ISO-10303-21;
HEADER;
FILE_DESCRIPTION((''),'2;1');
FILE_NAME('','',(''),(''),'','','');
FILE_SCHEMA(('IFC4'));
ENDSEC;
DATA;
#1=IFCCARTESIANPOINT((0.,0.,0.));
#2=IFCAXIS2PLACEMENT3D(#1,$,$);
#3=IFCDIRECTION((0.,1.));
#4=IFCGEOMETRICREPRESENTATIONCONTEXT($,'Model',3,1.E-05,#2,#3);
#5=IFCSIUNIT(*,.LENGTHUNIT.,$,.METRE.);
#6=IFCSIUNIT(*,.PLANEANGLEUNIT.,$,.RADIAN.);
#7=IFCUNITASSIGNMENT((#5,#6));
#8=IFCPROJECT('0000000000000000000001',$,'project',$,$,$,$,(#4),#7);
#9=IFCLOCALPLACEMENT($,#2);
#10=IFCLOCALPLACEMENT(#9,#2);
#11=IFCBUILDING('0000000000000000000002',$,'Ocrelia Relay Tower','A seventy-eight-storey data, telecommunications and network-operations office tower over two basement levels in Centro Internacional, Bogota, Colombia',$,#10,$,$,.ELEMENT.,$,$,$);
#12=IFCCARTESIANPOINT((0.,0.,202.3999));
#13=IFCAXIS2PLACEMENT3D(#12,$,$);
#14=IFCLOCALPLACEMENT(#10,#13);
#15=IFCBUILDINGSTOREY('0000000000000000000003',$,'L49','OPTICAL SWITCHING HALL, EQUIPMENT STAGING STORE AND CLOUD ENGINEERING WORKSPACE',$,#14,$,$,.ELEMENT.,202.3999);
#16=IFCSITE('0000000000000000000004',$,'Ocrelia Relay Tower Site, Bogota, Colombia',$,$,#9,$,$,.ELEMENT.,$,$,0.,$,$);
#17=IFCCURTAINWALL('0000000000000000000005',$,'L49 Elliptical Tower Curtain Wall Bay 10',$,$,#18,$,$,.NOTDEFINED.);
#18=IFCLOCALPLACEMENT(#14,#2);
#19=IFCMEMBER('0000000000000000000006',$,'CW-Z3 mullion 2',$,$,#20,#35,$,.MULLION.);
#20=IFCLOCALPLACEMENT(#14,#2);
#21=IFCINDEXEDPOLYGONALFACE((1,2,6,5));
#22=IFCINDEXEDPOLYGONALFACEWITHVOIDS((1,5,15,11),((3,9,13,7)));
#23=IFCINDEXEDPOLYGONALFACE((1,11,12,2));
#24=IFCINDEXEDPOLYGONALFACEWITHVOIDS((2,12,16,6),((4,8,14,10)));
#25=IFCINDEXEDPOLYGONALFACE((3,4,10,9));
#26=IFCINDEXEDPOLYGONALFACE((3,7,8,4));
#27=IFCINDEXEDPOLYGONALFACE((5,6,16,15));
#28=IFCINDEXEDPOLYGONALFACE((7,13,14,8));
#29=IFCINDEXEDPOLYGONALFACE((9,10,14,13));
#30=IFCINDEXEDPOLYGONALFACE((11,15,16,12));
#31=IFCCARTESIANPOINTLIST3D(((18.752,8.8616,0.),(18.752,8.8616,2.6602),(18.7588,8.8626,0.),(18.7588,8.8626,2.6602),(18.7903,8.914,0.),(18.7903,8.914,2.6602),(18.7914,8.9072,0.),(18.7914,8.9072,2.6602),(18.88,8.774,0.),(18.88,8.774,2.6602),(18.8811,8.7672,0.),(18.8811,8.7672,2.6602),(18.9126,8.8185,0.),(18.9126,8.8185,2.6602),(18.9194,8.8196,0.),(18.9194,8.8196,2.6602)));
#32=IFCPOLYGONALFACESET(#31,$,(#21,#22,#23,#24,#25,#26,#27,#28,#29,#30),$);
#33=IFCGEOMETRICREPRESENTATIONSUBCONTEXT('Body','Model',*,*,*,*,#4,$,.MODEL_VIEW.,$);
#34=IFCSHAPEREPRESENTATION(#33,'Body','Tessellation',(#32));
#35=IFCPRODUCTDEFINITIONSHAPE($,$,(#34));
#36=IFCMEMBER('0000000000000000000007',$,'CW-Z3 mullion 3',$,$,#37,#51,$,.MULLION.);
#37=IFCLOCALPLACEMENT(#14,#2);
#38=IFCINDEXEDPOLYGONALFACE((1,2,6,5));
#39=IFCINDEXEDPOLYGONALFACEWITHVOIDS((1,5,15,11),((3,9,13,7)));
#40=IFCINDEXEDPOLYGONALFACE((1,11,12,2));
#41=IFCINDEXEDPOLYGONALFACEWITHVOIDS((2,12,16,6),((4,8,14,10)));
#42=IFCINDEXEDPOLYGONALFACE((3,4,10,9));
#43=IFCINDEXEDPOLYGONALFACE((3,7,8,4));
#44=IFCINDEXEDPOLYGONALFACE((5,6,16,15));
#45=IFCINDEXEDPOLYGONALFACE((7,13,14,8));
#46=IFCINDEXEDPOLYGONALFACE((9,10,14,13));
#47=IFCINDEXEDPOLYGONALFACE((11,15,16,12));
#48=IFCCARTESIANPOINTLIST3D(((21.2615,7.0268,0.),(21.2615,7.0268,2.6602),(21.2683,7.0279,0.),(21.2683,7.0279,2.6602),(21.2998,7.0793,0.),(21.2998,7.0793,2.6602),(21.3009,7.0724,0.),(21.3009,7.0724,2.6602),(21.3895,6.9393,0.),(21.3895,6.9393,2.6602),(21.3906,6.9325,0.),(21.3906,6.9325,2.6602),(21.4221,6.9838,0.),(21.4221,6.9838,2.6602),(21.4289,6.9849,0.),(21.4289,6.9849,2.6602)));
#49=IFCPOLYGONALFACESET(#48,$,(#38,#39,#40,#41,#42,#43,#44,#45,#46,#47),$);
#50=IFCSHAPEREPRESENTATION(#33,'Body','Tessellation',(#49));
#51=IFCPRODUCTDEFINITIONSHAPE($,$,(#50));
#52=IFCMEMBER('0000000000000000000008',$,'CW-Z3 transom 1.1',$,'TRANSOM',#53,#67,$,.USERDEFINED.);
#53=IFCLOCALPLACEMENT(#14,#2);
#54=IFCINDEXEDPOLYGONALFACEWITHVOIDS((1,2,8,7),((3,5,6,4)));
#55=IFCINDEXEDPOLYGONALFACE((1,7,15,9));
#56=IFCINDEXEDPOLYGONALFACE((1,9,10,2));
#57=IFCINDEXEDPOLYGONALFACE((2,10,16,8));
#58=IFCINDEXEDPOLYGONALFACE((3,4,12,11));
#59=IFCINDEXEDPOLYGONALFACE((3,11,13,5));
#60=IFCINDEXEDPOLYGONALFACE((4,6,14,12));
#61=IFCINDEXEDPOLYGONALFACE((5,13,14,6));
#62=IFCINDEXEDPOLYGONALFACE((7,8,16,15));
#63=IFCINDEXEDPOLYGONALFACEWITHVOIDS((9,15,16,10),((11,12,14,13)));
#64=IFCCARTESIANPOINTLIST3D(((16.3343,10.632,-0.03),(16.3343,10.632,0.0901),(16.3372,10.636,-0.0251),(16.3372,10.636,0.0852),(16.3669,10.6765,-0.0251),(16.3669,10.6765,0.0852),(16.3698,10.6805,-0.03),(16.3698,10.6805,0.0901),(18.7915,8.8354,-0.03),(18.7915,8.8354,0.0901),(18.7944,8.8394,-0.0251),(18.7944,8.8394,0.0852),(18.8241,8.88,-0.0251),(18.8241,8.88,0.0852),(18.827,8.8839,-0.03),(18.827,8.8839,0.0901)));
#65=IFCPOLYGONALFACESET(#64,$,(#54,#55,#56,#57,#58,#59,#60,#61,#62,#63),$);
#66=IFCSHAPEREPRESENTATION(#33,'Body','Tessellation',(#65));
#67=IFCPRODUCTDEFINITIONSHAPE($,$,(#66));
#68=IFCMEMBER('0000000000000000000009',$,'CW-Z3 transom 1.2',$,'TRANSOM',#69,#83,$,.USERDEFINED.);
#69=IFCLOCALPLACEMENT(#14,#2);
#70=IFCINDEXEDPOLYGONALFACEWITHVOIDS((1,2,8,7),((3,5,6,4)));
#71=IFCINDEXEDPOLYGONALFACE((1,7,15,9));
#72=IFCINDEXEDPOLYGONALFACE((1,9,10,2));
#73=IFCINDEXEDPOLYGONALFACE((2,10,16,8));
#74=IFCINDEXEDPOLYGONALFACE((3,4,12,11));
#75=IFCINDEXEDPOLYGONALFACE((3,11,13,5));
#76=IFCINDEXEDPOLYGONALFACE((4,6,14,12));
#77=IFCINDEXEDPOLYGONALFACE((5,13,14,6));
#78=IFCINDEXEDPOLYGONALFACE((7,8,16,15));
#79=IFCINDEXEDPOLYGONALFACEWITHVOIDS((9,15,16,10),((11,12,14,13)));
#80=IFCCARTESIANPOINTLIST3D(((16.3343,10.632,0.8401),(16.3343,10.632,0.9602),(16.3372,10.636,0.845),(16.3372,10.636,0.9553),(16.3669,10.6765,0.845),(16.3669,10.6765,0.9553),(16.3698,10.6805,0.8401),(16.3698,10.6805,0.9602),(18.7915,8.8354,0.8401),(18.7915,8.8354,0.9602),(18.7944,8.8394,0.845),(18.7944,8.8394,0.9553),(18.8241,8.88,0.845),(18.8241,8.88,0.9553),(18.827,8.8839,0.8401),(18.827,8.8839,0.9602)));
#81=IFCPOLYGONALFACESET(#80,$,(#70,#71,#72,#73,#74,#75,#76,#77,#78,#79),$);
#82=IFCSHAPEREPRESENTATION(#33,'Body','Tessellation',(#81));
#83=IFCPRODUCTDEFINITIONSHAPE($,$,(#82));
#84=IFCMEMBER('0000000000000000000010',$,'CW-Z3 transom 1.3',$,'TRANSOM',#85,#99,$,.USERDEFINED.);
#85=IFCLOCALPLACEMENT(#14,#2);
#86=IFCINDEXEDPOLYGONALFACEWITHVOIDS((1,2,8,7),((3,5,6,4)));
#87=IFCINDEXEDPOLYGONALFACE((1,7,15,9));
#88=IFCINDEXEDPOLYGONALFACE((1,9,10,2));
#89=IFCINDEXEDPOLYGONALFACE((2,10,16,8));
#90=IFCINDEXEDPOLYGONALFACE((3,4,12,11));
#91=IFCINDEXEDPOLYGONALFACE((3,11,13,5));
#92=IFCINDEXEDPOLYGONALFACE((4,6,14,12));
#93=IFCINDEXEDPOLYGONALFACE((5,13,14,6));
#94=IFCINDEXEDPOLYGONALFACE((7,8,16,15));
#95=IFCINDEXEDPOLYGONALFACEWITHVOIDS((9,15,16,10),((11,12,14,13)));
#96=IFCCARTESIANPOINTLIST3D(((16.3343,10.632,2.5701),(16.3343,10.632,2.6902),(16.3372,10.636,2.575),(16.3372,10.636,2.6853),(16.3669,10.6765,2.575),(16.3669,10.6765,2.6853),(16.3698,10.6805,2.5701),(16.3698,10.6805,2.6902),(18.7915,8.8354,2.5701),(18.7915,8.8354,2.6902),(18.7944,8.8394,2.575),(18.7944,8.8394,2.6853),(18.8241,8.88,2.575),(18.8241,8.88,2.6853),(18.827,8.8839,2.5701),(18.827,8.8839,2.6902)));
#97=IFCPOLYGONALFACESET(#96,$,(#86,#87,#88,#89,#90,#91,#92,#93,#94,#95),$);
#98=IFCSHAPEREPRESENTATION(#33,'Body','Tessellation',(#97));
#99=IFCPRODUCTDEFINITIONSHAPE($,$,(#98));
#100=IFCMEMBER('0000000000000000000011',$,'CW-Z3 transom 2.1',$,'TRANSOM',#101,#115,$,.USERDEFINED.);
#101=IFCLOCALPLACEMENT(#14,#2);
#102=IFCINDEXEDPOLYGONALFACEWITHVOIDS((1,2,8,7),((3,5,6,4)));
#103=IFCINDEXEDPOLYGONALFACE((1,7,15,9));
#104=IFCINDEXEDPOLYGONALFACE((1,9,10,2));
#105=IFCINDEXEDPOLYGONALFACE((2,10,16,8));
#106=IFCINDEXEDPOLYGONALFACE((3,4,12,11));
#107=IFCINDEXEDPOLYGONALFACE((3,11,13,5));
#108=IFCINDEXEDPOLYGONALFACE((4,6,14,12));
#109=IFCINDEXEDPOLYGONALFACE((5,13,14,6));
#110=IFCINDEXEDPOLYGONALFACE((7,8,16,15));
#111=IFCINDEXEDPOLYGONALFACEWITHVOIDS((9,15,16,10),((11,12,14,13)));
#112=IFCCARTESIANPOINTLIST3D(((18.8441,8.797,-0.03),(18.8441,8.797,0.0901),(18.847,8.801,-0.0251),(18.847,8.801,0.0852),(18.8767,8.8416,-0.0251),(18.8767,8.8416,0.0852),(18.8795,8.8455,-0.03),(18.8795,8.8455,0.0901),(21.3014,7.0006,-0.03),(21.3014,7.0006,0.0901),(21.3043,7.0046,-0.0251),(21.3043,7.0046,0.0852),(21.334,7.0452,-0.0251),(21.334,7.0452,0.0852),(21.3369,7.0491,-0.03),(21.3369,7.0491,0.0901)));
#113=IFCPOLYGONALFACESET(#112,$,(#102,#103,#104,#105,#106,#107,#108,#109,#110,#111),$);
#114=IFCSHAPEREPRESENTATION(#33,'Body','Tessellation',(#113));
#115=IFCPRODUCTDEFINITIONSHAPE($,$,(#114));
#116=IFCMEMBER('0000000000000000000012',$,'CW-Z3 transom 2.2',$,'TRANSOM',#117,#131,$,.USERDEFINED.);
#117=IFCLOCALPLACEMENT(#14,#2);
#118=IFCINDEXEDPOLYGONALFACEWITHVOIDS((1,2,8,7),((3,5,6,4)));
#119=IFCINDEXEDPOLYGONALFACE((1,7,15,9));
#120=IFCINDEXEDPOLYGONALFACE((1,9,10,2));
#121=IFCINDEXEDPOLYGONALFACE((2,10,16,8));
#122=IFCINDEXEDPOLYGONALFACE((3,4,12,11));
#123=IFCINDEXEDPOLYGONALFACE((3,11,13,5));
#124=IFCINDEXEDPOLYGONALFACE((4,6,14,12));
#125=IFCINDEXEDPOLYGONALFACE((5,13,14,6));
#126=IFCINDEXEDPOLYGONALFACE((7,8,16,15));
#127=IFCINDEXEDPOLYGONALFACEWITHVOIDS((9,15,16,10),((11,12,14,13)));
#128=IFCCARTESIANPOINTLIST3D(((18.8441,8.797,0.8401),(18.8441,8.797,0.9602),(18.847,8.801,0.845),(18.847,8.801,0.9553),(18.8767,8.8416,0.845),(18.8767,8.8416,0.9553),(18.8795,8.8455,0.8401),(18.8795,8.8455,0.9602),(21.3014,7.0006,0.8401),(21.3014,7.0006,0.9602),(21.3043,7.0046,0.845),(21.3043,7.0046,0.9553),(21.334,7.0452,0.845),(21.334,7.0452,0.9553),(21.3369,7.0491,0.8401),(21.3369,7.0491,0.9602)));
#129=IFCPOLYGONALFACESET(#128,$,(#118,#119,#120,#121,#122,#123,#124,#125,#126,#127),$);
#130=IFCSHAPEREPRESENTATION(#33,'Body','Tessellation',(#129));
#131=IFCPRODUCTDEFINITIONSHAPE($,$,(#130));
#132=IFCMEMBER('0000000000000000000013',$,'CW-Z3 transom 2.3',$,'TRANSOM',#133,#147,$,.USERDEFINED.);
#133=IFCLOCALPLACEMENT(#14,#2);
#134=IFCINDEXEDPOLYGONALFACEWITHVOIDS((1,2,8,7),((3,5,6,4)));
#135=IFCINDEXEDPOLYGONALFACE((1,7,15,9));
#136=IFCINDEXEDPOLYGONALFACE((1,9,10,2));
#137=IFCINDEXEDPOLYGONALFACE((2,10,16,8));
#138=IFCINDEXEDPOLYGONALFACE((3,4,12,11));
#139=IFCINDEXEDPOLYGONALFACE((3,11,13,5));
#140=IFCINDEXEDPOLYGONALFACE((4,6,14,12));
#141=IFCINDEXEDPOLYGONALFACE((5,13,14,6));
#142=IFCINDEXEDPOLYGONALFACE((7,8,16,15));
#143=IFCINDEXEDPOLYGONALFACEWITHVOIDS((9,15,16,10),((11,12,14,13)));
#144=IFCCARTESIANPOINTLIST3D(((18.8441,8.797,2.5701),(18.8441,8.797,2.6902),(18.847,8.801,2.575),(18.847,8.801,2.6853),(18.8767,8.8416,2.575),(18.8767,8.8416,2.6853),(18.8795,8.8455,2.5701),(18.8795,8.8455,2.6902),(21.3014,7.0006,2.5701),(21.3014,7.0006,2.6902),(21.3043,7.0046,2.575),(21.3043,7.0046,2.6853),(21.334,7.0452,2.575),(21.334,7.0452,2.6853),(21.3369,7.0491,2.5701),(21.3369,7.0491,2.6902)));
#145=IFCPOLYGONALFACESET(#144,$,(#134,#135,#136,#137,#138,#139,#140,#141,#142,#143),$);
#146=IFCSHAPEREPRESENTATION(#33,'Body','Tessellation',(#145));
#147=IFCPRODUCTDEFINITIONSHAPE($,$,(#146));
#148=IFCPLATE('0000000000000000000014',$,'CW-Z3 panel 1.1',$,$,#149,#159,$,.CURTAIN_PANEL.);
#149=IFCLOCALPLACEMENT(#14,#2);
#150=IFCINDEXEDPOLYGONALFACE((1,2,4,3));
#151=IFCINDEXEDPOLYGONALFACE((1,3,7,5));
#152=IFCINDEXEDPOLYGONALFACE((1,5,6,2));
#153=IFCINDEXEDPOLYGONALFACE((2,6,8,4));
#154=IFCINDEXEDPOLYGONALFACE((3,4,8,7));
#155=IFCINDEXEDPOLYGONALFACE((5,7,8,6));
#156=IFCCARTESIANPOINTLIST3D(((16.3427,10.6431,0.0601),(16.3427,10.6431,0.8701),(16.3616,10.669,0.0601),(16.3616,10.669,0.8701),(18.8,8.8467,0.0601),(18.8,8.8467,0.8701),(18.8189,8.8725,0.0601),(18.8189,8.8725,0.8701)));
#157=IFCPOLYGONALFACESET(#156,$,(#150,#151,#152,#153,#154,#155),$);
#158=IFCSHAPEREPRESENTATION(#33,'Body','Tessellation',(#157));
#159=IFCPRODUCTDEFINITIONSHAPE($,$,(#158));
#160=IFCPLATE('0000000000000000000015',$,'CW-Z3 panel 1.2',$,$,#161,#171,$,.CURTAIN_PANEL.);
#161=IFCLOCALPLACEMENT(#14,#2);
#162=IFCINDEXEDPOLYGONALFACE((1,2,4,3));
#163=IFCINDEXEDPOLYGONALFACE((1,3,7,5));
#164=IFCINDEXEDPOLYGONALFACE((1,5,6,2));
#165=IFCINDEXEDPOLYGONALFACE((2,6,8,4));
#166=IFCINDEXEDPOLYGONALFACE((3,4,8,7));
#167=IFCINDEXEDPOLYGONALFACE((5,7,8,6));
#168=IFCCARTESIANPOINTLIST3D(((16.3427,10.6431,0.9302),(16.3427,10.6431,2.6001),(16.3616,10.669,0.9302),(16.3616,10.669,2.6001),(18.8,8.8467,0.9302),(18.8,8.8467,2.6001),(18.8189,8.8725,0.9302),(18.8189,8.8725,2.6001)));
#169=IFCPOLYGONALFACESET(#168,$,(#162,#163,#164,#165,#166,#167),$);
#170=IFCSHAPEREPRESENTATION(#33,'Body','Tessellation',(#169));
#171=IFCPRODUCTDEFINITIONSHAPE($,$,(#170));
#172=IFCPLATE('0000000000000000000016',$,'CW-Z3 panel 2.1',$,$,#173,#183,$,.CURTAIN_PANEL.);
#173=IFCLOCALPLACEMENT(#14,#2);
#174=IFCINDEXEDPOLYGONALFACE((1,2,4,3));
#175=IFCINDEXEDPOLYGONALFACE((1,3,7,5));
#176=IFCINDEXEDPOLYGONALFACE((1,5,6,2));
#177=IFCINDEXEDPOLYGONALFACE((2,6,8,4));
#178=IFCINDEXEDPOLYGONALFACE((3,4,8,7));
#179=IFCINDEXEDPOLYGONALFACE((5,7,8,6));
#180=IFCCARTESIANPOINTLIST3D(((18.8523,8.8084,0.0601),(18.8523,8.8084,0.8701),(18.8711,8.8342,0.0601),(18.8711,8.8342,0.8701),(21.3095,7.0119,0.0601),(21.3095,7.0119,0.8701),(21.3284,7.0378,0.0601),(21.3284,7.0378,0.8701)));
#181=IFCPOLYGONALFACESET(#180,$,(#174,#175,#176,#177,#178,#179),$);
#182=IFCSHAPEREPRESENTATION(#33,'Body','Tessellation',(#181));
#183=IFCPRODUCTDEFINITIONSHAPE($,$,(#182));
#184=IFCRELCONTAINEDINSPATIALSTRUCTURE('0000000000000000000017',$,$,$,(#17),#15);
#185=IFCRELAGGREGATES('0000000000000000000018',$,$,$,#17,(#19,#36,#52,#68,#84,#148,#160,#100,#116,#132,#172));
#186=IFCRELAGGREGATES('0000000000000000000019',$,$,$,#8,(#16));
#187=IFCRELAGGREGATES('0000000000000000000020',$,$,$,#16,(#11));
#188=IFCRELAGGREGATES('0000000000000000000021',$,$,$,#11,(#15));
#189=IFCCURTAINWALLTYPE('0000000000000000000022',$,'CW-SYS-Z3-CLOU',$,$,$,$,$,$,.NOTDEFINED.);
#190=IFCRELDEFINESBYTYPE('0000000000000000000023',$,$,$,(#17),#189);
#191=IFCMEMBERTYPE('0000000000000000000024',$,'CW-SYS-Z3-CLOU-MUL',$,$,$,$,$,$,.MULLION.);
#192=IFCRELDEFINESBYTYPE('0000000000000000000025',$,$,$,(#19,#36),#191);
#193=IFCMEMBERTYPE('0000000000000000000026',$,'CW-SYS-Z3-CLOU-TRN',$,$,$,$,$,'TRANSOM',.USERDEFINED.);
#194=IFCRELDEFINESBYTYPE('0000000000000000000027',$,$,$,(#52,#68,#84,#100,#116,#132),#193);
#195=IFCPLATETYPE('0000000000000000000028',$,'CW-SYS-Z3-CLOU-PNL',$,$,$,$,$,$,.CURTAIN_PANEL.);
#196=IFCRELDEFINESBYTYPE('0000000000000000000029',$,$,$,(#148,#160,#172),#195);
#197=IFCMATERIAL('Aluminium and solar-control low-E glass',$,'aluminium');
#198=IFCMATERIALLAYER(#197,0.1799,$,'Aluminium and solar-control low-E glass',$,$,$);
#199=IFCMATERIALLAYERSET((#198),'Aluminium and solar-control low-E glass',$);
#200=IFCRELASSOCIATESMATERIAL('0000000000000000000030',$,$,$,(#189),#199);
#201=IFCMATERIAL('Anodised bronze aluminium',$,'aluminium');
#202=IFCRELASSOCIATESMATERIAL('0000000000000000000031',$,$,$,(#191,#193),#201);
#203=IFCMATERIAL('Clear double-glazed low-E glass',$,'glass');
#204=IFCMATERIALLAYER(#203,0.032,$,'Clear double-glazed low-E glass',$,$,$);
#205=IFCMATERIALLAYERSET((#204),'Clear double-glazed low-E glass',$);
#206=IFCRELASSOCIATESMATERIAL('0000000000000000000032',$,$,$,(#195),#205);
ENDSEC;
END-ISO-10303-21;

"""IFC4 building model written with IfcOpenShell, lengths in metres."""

from ifc_helpers import new_model, si_unit, direction, frame, origin, origin_2d, place, context, subcontext, project, spatial, rectangle, hollow_rectangle, extrude, material, layer, layer_set, material_profile, profile_set, type_object, element, aggregate, save


model = new_model("IFC4")

# Units and contexts
model_context = context("Model", 3, precision=1e-05, world=origin(), true_north=direction((0.0, 1.0)))
body_context = subcontext(model_context, "Body", "Model", "MODEL_VIEW")
ifc_project = project(units=[si_unit("LENGTHUNIT", "METRE"), si_unit("PLANEANGLEUNIT", "RADIAN")], contexts=[model_context])

# Site, building, storey
site_placement = place(None, origin())
site = spatial("IfcSite", under=ifc_project, at=site_placement, Name="Ocrelia Relay Tower Site, Bogota, Colombia", CompositionType="ELEMENT", RefElevation=0.0)
building_placement = place(site_placement, origin())
building = spatial("IfcBuilding", under=site, at=building_placement, Name="Ocrelia Relay Tower", Description="A seventy-eight-storey data, telecommunications and network-operations office tower over two basement levels in Centro Internacional, Bogota, Colombia", CompositionType="ELEMENT")
storey_placement = place(building_placement, frame((0.0, 0.0, 202.3999)))
storey = spatial("IfcBuildingStorey", under=building, at=storey_placement, Name="L49", Description="OPTICAL SWITCHING HALL, EQUIPMENT STAGING STORE AND CLOUD ENGINEERING WORKSPACE", CompositionType="ELEMENT", Elevation=202.3999)

# Curtain wall, members, plates
ifc_material_1 = material(Name="Aluminium and solar-control low-E glass", Category="aluminium")
ifc_layer_1 = layer(ifc_material_1, 0.1799, Name="Aluminium and solar-control low-E glass")
ifc_layer_set_1 = layer_set([ifc_layer_1], Name="Aluminium and solar-control low-E glass")
curtain_wall_type = type_object("IfcCurtainWallType", Name="CW-SYS-Z3-CLOU", PredefinedType="NOTDEFINED", material=ifc_layer_set_1)
curtain_wall_placement = place(storey_placement, origin())
curtain_wall = element("IfcCurtainWall", 1, at=curtain_wall_placement, inside=storey, type_object=curtain_wall_type, Name="L49 Elliptical Tower Curtain Wall Bay 10", PredefinedType="NOTDEFINED")
ifc_material_2 = material(Name="Anodised bronze aluminium", Category="aluminium")
ifc_material_profile_1 = material_profile(ifc_material_2, hollow_rectangle(XDim=0.0649, YDim=0.1599, WallThickness=0.0049, at=origin_2d()), Name="CW-MUL-160x65")
ifc_profile_set_1 = profile_set([ifc_material_profile_1], Name="Anodised bronze aluminium")
member_type_1 = type_object("IfcMemberType", Name="CW-SYS-Z3-CLOU-MUL", PredefinedType="MULLION", material=ifc_profile_set_1)
member_1_placement = place(storey_placement, frame((18.8357, 8.8406, 0.0), z_axis=(0.0, 0.0, 1.0), x_axis=(0.590181, 0.807271, 0.0)))
member_1 = element("IfcMember", 2, at=member_1_placement, type_object=member_type_1, Name="CW-Z3 mullion 2", PredefinedType="MULLION", context=body_context, shape_type="SweptSolid", body=[
    extrude(hollow_rectangle(XDim=0.0649, YDim=0.1599, WallThickness=0.0049, at=origin_2d()), origin(), (0.0, 0.0, 1.0), 2.6602),
])
member_2_placement = place(storey_placement, frame((21.3452, 7.0059, 0.0), z_axis=(0.0, 0.0, 1.0), x_axis=(0.590181, 0.807271, 0.0)))
member_2 = element("IfcMember", 3, at=member_2_placement, type_object=member_type_1, Name="CW-Z3 mullion 3", PredefinedType="MULLION", context=body_context, shape_type="SweptSolid", body=[
    extrude(hollow_rectangle(XDim=0.0649, YDim=0.1599, WallThickness=0.0049, at=origin_2d()), origin(), (0.0, 0.0, 1.0), 2.6602),
])
ifc_material_profile_2 = material_profile(ifc_material_2, hollow_rectangle(XDim=0.0601, YDim=0.1201, WallThickness=0.0049, at=origin_2d()), Name="CW-TRN-120x60")
ifc_profile_set_2 = profile_set([ifc_material_profile_2], Name="Anodised bronze aluminium")
member_type_2 = type_object("IfcMemberType", Name="CW-SYS-Z3-CLOU-TRN", ElementType="TRANSOM", PredefinedType="USERDEFINED", material=ifc_profile_set_2)
member_3_placement = place(storey_placement, frame((16.3521, 10.6562, 0.03), z_axis=(0.807246, -0.590216, 0.0), x_axis=(0.590216, 0.807246, 0.0)))
member_3 = element("IfcMember", 4, at=member_3_placement, type_object=member_type_2, Name="CW-Z3 transom 1.1", ObjectType="TRANSOM", PredefinedType="USERDEFINED", context=body_context, shape_type="SweptSolid", body=[
    extrude(hollow_rectangle(XDim=0.0601, YDim=0.1201, WallThickness=0.0049, at=origin_2d()), origin(), (0.0, 0.0, 1.0), 3.0439),
])
member_4_placement = place(storey_placement, frame((16.3521, 10.6562, 0.9001), z_axis=(0.807246, -0.590216, 0.0), x_axis=(0.590216, 0.807246, 0.0)))
member_4 = element("IfcMember", 5, at=member_4_placement, type_object=member_type_2, Name="CW-Z3 transom 1.2", ObjectType="TRANSOM", PredefinedType="USERDEFINED", context=body_context, shape_type="SweptSolid", body=[
    extrude(hollow_rectangle(XDim=0.0601, YDim=0.1201, WallThickness=0.0049, at=origin_2d()), origin(), (0.0, 0.0, 1.0), 3.0439),
])
member_5_placement = place(storey_placement, frame((16.3521, 10.6562, 2.6301), z_axis=(0.807246, -0.590216, 0.0), x_axis=(0.590216, 0.807246, 0.0)))
member_5 = element("IfcMember", 6, at=member_5_placement, type_object=member_type_2, Name="CW-Z3 transom 1.3", ObjectType="TRANSOM", PredefinedType="USERDEFINED", context=body_context, shape_type="SweptSolid", body=[
    extrude(hollow_rectangle(XDim=0.0601, YDim=0.1201, WallThickness=0.0049, at=origin_2d()), origin(), (0.0, 0.0, 1.0), 3.0439),
])
member_6_placement = place(storey_placement, frame((18.8618, 8.8213, 0.03), z_axis=(0.807284, -0.590163, 0.0), x_axis=(0.590163, 0.807284, 0.0)))
member_6 = element("IfcMember", 7, at=member_6_placement, type_object=member_type_2, Name="CW-Z3 transom 2.1", ObjectType="TRANSOM", PredefinedType="USERDEFINED", context=body_context, shape_type="SweptSolid", body=[
    extrude(hollow_rectangle(XDim=0.0601, YDim=0.1201, WallThickness=0.0049, at=origin_2d()), origin(), (0.0, 0.0, 1.0), 3.0439),
])
member_7_placement = place(storey_placement, frame((18.8618, 8.8213, 0.9001), z_axis=(0.807284, -0.590163, 0.0), x_axis=(0.590163, 0.807284, 0.0)))
member_7 = element("IfcMember", 8, at=member_7_placement, type_object=member_type_2, Name="CW-Z3 transom 2.2", ObjectType="TRANSOM", PredefinedType="USERDEFINED", context=body_context, shape_type="SweptSolid", body=[
    extrude(hollow_rectangle(XDim=0.0601, YDim=0.1201, WallThickness=0.0049, at=origin_2d()), origin(), (0.0, 0.0, 1.0), 3.0439),
])
member_8_placement = place(storey_placement, frame((18.8618, 8.8213, 2.6301), z_axis=(0.807284, -0.590163, 0.0), x_axis=(0.590163, 0.807284, 0.0)))
member_8 = element("IfcMember", 9, at=member_8_placement, type_object=member_type_2, Name="CW-Z3 transom 2.3", ObjectType="TRANSOM", PredefinedType="USERDEFINED", context=body_context, shape_type="SweptSolid", body=[
    extrude(hollow_rectangle(XDim=0.0601, YDim=0.1201, WallThickness=0.0049, at=origin_2d()), origin(), (0.0, 0.0, 1.0), 3.0439),
])
ifc_material_3 = material(Name="Clear double-glazed low-E glass", Category="glass")
ifc_layer_2 = layer(ifc_material_3, 0.032, Name="Clear double-glazed low-E glass")
ifc_layer_set_2 = layer_set([ifc_layer_2], Name="Clear double-glazed low-E glass")
plate_type = type_object("IfcPlateType", Name="CW-SYS-Z3-CLOU-PNL", PredefinedType="CURTAIN_PANEL", material=ifc_layer_set_2)
plate_1_placement = place(storey_placement, frame((17.5808, 9.7578, 0.0601), z_axis=(0.0, 0.0, 1.0), x_axis=(0.807271, -0.590181, 0.0)))
plate_1 = element("IfcPlate", 10, at=plate_1_placement, type_object=plate_type, Name="CW-Z3 panel 1.1", PredefinedType="CURTAIN_PANEL", context=body_context, shape_type="SweptSolid", body=[
    extrude(rectangle(XDim=3.0439, YDim=0.032, at=origin_2d()), origin(), (0.0, 0.0, 1.0), 0.8101),
])
plate_2_placement = place(storey_placement, frame((17.5808, 9.7578, 0.9302), z_axis=(0.0, 0.0, 1.0), x_axis=(0.807271, -0.590181, 0.0)))
plate_2 = element("IfcPlate", 11, at=plate_2_placement, type_object=plate_type, Name="CW-Z3 panel 1.2", PredefinedType="CURTAIN_PANEL", context=body_context, shape_type="SweptSolid", body=[
    extrude(rectangle(XDim=3.0439, YDim=0.032, at=origin_2d()), origin(), (0.0, 0.0, 1.0), 1.6699),
])
plate_3_placement = place(storey_placement, frame((20.0903, 7.9231, 0.0601), z_axis=(0.0, 0.0, 1.0), x_axis=(0.807271, -0.590181, 0.0)))
plate_3 = element("IfcPlate", 12, at=plate_3_placement, type_object=plate_type, Name="CW-Z3 panel 2.1", PredefinedType="CURTAIN_PANEL", context=body_context, shape_type="SweptSolid", body=[
    extrude(rectangle(XDim=3.0439, YDim=0.032, at=origin_2d()), origin(), (0.0, 0.0, 1.0), 0.8101),
])
aggregate(curtain_wall, [member_1, member_2, member_3, member_4, member_5, plate_1, plate_2, member_6, member_7, member_8, plate_3])

save(model, "model.ifc")
